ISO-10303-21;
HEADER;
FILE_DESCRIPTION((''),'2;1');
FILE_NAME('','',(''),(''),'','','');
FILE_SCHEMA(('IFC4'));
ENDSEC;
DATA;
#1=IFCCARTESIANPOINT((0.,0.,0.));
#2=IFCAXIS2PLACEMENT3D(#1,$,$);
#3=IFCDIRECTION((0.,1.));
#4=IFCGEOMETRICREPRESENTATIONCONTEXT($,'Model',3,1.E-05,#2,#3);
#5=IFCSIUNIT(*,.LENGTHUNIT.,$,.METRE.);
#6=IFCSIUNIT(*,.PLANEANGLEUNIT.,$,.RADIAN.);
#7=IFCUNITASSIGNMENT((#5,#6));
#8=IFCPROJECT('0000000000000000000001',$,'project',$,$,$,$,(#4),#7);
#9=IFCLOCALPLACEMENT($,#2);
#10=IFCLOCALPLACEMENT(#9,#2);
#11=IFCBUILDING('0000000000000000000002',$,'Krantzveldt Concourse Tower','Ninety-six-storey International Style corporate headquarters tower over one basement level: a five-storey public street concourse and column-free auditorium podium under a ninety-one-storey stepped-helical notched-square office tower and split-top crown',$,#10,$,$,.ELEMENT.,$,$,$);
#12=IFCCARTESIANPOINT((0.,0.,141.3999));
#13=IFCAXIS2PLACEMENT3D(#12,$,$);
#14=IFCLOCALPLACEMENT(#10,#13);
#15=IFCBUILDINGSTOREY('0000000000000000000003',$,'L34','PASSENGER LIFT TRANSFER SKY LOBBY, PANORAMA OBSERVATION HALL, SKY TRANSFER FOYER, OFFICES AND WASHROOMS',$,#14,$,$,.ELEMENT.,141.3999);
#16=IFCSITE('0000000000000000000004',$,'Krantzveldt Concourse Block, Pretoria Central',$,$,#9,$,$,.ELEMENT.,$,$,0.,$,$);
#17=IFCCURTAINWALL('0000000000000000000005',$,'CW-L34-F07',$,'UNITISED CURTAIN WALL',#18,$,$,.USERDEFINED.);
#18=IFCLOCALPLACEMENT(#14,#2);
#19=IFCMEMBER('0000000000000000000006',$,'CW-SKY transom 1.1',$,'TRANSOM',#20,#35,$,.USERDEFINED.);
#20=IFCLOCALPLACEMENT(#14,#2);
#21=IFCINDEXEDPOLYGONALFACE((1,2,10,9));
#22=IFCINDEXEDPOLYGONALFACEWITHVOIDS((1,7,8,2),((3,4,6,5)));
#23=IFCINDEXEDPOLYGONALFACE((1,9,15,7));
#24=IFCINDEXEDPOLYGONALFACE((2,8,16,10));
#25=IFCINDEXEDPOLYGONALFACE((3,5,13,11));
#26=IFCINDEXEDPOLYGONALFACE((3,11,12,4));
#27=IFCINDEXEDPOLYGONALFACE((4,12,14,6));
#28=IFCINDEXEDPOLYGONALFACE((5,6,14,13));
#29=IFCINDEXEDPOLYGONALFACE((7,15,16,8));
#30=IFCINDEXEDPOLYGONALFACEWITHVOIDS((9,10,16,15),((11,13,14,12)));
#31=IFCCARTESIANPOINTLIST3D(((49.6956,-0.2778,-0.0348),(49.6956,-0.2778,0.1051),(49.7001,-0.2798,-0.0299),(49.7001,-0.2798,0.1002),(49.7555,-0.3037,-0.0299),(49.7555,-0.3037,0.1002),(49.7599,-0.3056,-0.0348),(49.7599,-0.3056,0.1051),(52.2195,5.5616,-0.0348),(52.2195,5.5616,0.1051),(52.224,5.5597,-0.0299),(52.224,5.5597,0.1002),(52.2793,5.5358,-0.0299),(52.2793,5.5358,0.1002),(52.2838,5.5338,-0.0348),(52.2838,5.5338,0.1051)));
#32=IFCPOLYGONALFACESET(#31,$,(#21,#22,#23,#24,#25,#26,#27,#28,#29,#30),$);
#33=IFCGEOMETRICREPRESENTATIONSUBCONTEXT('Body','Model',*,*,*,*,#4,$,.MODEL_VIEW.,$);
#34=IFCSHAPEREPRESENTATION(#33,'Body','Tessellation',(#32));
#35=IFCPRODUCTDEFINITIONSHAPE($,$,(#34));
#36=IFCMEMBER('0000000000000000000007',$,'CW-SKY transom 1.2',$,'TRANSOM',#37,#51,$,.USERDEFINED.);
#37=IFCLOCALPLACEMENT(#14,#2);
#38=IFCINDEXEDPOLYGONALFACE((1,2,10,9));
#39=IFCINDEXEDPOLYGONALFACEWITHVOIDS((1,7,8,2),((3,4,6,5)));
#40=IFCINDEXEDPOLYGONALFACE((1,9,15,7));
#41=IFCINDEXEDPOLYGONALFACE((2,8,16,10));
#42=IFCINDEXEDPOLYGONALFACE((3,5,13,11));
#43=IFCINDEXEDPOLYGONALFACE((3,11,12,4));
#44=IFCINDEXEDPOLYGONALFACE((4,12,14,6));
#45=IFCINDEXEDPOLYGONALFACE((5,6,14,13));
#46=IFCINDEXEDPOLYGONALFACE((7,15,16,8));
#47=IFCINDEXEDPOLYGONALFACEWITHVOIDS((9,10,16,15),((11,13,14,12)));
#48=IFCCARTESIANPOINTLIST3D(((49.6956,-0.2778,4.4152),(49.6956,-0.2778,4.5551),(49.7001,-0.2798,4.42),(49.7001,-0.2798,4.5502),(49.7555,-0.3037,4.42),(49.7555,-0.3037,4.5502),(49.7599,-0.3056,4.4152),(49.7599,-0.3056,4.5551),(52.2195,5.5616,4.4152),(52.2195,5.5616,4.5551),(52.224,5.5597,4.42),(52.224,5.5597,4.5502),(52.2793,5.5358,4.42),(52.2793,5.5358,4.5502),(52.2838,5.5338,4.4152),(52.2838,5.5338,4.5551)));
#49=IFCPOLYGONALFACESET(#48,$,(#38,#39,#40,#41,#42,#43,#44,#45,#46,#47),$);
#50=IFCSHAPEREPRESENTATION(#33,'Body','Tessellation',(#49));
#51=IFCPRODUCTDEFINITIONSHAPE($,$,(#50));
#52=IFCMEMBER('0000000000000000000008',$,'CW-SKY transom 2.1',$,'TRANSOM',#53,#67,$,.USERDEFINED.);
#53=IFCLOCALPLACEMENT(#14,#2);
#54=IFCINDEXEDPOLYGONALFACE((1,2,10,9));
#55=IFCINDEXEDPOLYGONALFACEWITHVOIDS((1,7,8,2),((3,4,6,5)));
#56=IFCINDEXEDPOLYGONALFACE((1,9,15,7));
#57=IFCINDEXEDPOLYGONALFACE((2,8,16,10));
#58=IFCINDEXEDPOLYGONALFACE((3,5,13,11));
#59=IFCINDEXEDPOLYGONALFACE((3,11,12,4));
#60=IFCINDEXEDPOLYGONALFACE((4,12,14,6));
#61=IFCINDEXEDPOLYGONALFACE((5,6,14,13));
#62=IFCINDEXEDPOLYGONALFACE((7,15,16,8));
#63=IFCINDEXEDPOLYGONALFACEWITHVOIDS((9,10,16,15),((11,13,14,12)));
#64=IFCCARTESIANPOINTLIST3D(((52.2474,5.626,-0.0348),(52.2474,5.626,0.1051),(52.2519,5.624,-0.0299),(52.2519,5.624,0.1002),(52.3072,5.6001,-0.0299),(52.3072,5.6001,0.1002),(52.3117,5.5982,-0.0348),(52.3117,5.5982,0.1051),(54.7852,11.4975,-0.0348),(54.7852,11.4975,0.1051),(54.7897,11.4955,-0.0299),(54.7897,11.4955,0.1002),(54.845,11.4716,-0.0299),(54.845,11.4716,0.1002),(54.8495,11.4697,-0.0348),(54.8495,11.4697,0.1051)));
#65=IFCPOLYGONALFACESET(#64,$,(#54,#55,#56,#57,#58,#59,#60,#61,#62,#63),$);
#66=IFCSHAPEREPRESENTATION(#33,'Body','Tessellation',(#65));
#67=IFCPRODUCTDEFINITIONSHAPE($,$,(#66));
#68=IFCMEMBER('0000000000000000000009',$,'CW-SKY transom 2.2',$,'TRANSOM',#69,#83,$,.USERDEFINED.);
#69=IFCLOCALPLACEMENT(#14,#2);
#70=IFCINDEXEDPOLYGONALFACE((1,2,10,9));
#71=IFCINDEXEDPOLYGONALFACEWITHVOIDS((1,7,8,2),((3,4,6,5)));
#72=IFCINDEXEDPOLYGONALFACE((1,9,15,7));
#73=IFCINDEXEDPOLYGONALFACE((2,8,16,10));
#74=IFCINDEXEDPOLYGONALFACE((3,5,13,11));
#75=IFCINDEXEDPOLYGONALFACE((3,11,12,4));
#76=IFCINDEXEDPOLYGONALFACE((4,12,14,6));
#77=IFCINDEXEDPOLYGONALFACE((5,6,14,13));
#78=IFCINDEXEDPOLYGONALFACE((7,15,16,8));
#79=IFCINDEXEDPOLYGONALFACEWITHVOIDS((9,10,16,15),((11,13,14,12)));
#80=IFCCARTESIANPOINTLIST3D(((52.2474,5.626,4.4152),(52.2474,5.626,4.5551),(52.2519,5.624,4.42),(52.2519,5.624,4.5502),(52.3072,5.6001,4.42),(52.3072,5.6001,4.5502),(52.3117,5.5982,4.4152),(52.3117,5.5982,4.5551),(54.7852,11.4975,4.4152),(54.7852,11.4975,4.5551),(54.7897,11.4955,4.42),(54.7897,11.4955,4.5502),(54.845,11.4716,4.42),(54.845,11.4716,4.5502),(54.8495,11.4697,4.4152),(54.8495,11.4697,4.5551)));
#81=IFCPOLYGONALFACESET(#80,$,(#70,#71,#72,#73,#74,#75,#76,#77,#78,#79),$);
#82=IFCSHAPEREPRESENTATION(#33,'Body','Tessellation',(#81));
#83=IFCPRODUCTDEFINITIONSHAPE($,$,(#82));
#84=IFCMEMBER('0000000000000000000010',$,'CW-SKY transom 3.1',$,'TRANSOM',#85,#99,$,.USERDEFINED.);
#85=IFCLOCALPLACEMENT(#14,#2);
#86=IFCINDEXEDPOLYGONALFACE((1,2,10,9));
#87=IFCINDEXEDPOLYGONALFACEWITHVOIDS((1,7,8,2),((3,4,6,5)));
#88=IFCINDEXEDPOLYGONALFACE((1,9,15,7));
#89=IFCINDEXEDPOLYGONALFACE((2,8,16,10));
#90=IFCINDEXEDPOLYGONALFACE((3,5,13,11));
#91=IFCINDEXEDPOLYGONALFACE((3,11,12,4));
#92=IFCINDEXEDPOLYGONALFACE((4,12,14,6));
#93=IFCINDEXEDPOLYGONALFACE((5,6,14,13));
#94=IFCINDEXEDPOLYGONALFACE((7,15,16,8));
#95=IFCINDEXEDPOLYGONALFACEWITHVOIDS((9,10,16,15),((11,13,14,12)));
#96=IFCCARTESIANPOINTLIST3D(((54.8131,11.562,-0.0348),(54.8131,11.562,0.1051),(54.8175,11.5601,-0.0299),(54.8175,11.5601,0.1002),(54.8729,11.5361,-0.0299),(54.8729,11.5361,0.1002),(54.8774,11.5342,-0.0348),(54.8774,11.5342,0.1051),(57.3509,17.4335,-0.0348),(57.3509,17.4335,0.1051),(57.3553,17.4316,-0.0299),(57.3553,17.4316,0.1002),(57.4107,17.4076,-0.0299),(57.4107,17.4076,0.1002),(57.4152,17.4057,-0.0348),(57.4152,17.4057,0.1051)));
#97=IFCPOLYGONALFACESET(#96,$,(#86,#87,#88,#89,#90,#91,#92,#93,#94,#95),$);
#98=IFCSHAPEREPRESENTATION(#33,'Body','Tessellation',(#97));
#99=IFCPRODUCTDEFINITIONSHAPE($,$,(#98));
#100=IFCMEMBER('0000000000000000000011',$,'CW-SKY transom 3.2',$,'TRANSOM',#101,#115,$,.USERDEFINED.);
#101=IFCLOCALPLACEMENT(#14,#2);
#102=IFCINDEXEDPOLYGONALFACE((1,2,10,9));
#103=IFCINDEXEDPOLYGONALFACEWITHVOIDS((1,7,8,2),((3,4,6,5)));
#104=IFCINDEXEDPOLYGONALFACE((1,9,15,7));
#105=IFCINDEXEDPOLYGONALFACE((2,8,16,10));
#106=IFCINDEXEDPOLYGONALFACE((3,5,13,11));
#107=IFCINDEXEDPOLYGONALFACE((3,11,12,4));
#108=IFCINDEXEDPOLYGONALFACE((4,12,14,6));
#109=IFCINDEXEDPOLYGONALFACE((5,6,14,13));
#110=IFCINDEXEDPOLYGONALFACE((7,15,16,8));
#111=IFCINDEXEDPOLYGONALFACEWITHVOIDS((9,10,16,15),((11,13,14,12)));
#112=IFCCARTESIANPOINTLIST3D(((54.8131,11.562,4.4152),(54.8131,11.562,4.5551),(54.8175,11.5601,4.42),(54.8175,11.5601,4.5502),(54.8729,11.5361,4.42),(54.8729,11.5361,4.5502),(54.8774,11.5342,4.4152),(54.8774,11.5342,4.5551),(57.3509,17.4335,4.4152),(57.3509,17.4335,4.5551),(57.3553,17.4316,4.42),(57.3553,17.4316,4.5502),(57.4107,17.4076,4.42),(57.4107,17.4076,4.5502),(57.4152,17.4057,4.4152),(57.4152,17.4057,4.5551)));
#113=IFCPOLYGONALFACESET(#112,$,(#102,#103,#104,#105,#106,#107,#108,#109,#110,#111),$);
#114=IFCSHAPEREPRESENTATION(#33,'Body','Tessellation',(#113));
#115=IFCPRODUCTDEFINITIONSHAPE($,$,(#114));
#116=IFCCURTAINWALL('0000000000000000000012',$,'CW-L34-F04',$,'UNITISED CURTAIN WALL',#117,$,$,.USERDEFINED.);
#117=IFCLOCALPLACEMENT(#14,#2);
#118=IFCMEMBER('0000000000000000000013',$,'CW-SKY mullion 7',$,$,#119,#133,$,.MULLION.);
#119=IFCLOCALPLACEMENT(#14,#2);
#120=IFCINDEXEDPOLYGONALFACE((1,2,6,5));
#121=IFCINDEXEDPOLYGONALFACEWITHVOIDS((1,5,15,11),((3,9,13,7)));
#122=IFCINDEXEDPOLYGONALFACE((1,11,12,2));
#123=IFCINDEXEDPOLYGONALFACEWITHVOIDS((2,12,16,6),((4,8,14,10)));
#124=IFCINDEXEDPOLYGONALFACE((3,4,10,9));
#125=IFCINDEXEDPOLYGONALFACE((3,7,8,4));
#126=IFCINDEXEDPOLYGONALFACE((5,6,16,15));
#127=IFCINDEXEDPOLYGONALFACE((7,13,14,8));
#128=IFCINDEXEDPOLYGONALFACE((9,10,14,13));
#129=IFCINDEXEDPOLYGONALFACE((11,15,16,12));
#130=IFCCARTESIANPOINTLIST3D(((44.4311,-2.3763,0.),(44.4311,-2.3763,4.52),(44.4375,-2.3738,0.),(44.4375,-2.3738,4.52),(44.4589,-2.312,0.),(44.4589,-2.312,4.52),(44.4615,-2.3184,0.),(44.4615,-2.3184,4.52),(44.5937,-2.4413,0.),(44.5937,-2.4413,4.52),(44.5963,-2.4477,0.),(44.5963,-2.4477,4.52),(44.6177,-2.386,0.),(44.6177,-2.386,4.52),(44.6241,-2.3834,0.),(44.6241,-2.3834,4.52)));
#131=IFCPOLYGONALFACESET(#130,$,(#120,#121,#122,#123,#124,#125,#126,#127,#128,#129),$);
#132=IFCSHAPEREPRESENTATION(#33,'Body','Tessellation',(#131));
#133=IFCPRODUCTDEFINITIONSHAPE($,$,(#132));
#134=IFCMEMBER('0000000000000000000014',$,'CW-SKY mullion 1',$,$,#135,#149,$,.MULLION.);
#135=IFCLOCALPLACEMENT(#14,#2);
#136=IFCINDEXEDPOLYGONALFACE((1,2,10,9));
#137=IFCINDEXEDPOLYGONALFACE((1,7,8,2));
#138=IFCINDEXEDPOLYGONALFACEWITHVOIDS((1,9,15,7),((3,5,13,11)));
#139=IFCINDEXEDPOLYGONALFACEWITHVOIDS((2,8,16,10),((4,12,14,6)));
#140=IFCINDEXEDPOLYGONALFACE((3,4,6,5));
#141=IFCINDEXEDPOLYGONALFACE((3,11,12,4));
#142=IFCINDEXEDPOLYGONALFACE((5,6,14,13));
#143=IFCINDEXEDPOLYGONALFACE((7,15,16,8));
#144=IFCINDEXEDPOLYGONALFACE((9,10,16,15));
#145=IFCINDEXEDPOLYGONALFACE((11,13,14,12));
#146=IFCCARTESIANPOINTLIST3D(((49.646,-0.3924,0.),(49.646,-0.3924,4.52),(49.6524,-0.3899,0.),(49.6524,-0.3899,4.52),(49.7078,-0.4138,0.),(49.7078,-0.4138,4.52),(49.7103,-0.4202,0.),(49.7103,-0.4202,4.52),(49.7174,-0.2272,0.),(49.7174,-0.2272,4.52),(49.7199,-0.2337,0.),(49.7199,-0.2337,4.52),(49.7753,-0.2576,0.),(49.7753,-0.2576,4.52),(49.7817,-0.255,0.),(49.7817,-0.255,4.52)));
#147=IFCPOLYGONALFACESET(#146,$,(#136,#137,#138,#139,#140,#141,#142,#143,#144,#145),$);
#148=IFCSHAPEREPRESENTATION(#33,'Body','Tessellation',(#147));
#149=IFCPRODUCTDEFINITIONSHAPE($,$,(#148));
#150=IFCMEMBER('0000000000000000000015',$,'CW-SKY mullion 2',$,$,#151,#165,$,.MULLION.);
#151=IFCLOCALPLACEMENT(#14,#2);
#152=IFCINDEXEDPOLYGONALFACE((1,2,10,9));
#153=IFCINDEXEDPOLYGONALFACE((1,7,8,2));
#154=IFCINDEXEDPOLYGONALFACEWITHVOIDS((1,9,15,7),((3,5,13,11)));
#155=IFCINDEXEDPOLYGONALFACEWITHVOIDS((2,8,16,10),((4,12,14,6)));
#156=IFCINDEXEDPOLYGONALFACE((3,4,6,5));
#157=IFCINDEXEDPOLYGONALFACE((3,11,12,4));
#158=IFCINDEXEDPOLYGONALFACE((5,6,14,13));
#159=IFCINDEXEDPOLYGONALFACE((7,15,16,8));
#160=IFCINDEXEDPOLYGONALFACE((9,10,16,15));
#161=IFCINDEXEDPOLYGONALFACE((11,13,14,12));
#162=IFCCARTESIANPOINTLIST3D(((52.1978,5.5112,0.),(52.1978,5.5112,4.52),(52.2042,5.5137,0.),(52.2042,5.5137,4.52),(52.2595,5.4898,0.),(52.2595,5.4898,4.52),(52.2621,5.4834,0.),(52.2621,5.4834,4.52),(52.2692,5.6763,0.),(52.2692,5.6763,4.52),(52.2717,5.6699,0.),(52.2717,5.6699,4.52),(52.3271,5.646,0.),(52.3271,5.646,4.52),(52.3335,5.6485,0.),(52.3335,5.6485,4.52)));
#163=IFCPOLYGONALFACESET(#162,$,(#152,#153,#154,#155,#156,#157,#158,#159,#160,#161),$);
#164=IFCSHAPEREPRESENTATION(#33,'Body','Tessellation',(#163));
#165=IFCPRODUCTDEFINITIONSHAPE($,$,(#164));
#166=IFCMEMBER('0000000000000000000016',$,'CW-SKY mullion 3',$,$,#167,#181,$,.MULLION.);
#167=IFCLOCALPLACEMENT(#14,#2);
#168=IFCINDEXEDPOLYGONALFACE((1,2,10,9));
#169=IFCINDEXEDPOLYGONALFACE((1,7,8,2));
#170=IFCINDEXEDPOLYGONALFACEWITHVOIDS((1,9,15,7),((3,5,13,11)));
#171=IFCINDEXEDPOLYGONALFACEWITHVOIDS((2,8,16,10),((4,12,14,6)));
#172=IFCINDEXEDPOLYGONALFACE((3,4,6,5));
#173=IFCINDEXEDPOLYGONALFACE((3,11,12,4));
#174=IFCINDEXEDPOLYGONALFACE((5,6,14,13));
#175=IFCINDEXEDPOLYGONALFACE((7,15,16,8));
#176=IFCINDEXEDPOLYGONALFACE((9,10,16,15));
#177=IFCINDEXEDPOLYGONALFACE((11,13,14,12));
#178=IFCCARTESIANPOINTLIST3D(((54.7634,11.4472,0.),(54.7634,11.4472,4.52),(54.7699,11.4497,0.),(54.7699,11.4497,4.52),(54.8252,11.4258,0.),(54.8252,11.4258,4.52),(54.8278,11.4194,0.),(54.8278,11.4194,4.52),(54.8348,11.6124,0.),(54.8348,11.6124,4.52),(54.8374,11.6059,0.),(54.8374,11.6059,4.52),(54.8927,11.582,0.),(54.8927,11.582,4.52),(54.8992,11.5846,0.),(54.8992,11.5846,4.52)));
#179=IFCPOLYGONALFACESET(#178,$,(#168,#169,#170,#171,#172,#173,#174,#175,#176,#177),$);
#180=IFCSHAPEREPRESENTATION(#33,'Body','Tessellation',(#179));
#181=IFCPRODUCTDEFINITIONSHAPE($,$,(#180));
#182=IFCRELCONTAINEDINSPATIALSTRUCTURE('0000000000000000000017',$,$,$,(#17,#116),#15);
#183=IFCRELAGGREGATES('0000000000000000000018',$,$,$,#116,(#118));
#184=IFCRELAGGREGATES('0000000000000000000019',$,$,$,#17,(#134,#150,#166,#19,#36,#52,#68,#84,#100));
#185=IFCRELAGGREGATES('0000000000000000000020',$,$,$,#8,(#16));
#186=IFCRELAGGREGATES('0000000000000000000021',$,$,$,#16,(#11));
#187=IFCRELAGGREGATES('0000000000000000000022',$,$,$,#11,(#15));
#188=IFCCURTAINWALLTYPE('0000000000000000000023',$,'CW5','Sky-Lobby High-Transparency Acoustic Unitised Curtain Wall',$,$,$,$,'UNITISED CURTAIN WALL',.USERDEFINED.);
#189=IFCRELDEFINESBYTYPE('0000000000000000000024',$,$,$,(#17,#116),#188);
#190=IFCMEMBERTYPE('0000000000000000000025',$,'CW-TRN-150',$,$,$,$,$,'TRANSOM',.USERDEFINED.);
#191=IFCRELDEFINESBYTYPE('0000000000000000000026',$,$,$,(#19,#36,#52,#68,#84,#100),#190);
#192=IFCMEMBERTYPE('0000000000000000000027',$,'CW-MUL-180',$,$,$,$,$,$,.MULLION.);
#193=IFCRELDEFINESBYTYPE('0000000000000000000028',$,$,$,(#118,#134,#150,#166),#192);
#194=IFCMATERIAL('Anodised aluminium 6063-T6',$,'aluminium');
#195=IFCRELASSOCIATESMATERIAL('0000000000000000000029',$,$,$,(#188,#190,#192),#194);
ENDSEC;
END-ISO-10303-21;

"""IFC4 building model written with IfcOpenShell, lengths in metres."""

from ifc_helpers import new_model, si_unit, direction, frame, origin, origin_2d, place, context, subcontext, project, spatial, hollow_rectangle, extrude, source, transform, mapped, material, material_profile, profile_set, type_object, type_shapes, element, aggregate, save


model = new_model("IFC4")

# Units and contexts
model_context = context("Model", 3, precision=1e-05, world=origin(), true_north=direction((0.0, 1.0)))
body_context = subcontext(model_context, "Body", "Model", "MODEL_VIEW")
ifc_project = project(units=[si_unit("LENGTHUNIT", "METRE"), si_unit("PLANEANGLEUNIT", "RADIAN")], contexts=[model_context])

# Site, building, storey
site_placement = place(None, origin())
site = spatial("IfcSite", under=ifc_project, at=site_placement, Name="Krantzveldt Concourse Block, Pretoria Central", CompositionType="ELEMENT", RefElevation=0.0)
building_placement = place(site_placement, origin())
building = spatial("IfcBuilding", under=site, at=building_placement, Name="Krantzveldt Concourse Tower", Description="Ninety-six-storey International Style corporate headquarters tower over one basement level: a five-storey public street concourse and column-free auditorium podium under a ninety-one-storey stepped-helical notched-square office tower and split-top crown", CompositionType="ELEMENT")
storey_placement = place(building_placement, frame((0.0, 0.0, 141.3999)))
storey = spatial("IfcBuildingStorey", under=building, at=storey_placement, Name="L34", Description="PASSENGER LIFT TRANSFER SKY LOBBY, PANORAMA OBSERVATION HALL, SKY TRANSFER FOYER, OFFICES AND WASHROOMS", CompositionType="ELEMENT", Elevation=141.3999)

# Curtain wall, members
ifc_material_1 = material(Name="Anodised aluminium 6063-T6", Category="aluminium")
curtain_wall_type = type_object("IfcCurtainWallType", Name="CW5", Description="Sky-Lobby High-Transparency Acoustic Unitised Curtain Wall", ElementType="UNITISED CURTAIN WALL", PredefinedType="USERDEFINED", material=ifc_material_1)
curtain_wall_1_placement = place(storey_placement, origin())
curtain_wall_1 = element("IfcCurtainWall", 1, at=curtain_wall_1_placement, inside=storey, type_object=curtain_wall_type, Name="CW-L34-F07", ObjectType="UNITISED CURTAIN WALL", PredefinedType="USERDEFINED")
ifc_material_profile_1 = material_profile(ifc_material_1, hollow_rectangle(XDim=0.0701, YDim=0.1399, WallThickness=0.0049, at=origin_2d()), Name="Anodised aluminium 6063-T6", Category="aluminium")
ifc_profile_set_1 = profile_set([ifc_material_profile_1], Name="Anodised aluminium 6063-T6 - ALU-TRAN 140x70x5")
member_type_1 = type_object("IfcMemberType", Name="CW-TRN-150", ElementType="TRANSOM", PredefinedType="USERDEFINED", material=ifc_profile_set_1)
shared_shape_1 = source(origin(), body_context, "Body", "SweptSolid", [
    extrude(hollow_rectangle(XDim=0.0701, YDim=0.1399, WallThickness=0.0049, at=origin_2d()), origin(), (0.0, 0.0, 1.0), 6.3616),
])
member_1_placement = place(storey_placement, frame((49.7278, -0.2917, 0.0352), z_axis=(0.396738, 0.917932, 0.0), x_axis=(-0.917932, 0.396738, 0.0)))
member_1 = element("IfcMember", 2, at=member_1_placement, type_object=member_type_1, Name="CW-SKY transom 1.1", ObjectType="TRANSOM", PredefinedType="USERDEFINED", context=body_context, shape_type="MappedRepresentation", body=[
    mapped(shared_shape_1, transform((0.0, 0.0, 0.0), x_axis=(1.0, 0.0, 0.0), y_axis=(0.0, 1.0, 0.0), z_axis=(0.0, 0.0, 1.0), scale=1.0)),
])
member_2_placement = place(storey_placement, frame((49.7278, -0.2917, 4.4851), z_axis=(0.396738, 0.917932, 0.0), x_axis=(-0.917932, 0.396738, 0.0)))
member_2 = element("IfcMember", 3, at=member_2_placement, type_object=member_type_1, Name="CW-SKY transom 1.2", ObjectType="TRANSOM", PredefinedType="USERDEFINED", context=body_context, shape_type="MappedRepresentation", body=[
    mapped(shared_shape_1, transform((0.0, 0.0, 0.0), x_axis=(1.0, 0.0, 0.0), y_axis=(0.0, 1.0, 0.0), z_axis=(0.0, 0.0, 1.0), scale=1.0)),
])
shared_shape_2 = source(origin(), body_context, "Body", "SweptSolid", [
    extrude(hollow_rectangle(XDim=0.0701, YDim=0.1399, WallThickness=0.0049, at=origin_2d()), origin(), (0.0, 0.0, 1.0), 6.3965),
])
type_shapes(member_type_1, [shared_shape_1, shared_shape_2])
member_3_placement = place(storey_placement, frame((52.2795, 5.6121, 0.0352), z_axis=(0.39675, 0.917927, 0.0), x_axis=(-0.917927, 0.39675, 0.0)))
member_3 = element("IfcMember", 4, at=member_3_placement, type_object=member_type_1, Name="CW-SKY transom 2.1", ObjectType="TRANSOM", PredefinedType="USERDEFINED", context=body_context, shape_type="MappedRepresentation", body=[
    mapped(shared_shape_2, transform((0.0, 0.0, 0.0), x_axis=(1.0, 0.0, 0.0), y_axis=(0.0, 1.0, 0.0), z_axis=(0.0, 0.0, 1.0), scale=1.0)),
])
member_4_placement = place(storey_placement, frame((52.2795, 5.6121, 4.4851), z_axis=(0.39675, 0.917927, 0.0), x_axis=(-0.917927, 0.39675, 0.0)))
member_4 = element("IfcMember", 5, at=member_4_placement, type_object=member_type_1, Name="CW-SKY transom 2.2", ObjectType="TRANSOM", PredefinedType="USERDEFINED", context=body_context, shape_type="MappedRepresentation", body=[
    mapped(shared_shape_2, transform((0.0, 0.0, 0.0), x_axis=(1.0, 0.0, 0.0), y_axis=(0.0, 1.0, 0.0), z_axis=(0.0, 0.0, 1.0), scale=1.0)),
])
member_5_placement = place(storey_placement, frame((54.8452, 11.5481, 0.0352), z_axis=(0.39675, 0.917927, 0.0), x_axis=(-0.917927, 0.39675, 0.0)))
member_5 = element("IfcMember", 6, at=member_5_placement, type_object=member_type_1, Name="CW-SKY transom 3.1", ObjectType="TRANSOM", PredefinedType="USERDEFINED", context=body_context, shape_type="MappedRepresentation", body=[
    mapped(shared_shape_2, transform((0.0, 0.0, 0.0), x_axis=(1.0, 0.0, 0.0), y_axis=(0.0, 1.0, 0.0), z_axis=(0.0, 0.0, 1.0), scale=1.0)),
])
member_6_placement = place(storey_placement, frame((54.8452, 11.5481, 4.4851), z_axis=(0.39675, 0.917927, 0.0), x_axis=(-0.917927, 0.39675, 0.0)))
member_6 = element("IfcMember", 7, at=member_6_placement, type_object=member_type_1, Name="CW-SKY transom 3.2", ObjectType="TRANSOM", PredefinedType="USERDEFINED", context=body_context, shape_type="MappedRepresentation", body=[
    mapped(shared_shape_2, transform((0.0, 0.0, 0.0), x_axis=(1.0, 0.0, 0.0), y_axis=(0.0, 1.0, 0.0), z_axis=(0.0, 0.0, 1.0), scale=1.0)),
])

# Curtain wall, member
curtain_wall_2_placement = place(storey_placement, origin())
curtain_wall_2 = element("IfcCurtainWall", 8, at=curtain_wall_2_placement, inside=storey, type_object=curtain_wall_type, Name="CW-L34-F04", ObjectType="UNITISED CURTAIN WALL", PredefinedType="USERDEFINED")
ifc_material_profile_2 = material_profile(ifc_material_1, hollow_rectangle(XDim=0.0701, YDim=0.1799, WallThickness=0.0049, at=origin_2d()), Name="Anodised aluminium 6063-T6", Category="aluminium")
ifc_profile_set_2 = profile_set([ifc_material_profile_2], Name="Anodised aluminium 6063-T6 - ALU-MULL 180x70x5")
member_type_2 = type_object("IfcMemberType", Name="CW-MUL-180", PredefinedType="MULLION", material=ifc_profile_set_2)
shared_shape_3 = source(origin(), body_context, "Body", "SweptSolid", [
    extrude(hollow_rectangle(XDim=0.0701, YDim=0.1799, WallThickness=0.0049, at=origin_2d()), origin(), (0.0, 0.0, 1.0), 4.52),
])
type_shapes(member_type_2, [shared_shape_3])
member_7_placement = place(storey_placement, frame((44.5276, -2.3799, 0.0), z_axis=(0.0, 0.0, 1.0), x_axis=(0.396747, 0.917928, 0.0)))
member_7 = element("IfcMember", 9, at=member_7_placement, type_object=member_type_2, Name="CW-SKY mullion 7", PredefinedType="MULLION", context=body_context, shape_type="MappedRepresentation", body=[
    mapped(shared_shape_3, transform((0.0, 0.0, 0.0), x_axis=(1.0, 0.0, 0.0), y_axis=(0.0, 1.0, 0.0), z_axis=(0.0, 0.0, 1.0), scale=1.0)),
])
aggregate(curtain_wall_2, [member_7])

# Members
member_8_placement = place(storey_placement, frame((49.7139, -0.3237, 0.0), z_axis=(0.0, 0.0, 1.0), x_axis=(-0.917928, 0.396747, 0.0)))
member_8 = element("IfcMember", 10, at=member_8_placement, type_object=member_type_2, Name="CW-SKY mullion 1", PredefinedType="MULLION", context=body_context, shape_type="MappedRepresentation", body=[
    mapped(shared_shape_3, transform((0.0, 0.0, 0.0), x_axis=(1.0, 0.0, 0.0), y_axis=(0.0, 1.0, 0.0), z_axis=(0.0, 0.0, 1.0), scale=1.0)),
])
member_9_placement = place(storey_placement, frame((52.2656, 5.5798, 0.0), z_axis=(0.0, 0.0, 1.0), x_axis=(-0.917928, 0.396747, 0.0)))
member_9 = element("IfcMember", 11, at=member_9_placement, type_object=member_type_2, Name="CW-SKY mullion 2", PredefinedType="MULLION", context=body_context, shape_type="MappedRepresentation", body=[
    mapped(shared_shape_3, transform((0.0, 0.0, 0.0), x_axis=(1.0, 0.0, 0.0), y_axis=(0.0, 1.0, 0.0), z_axis=(0.0, 0.0, 1.0), scale=1.0)),
])
member_10_placement = place(storey_placement, frame((54.8313, 11.5159, 0.0), z_axis=(0.0, 0.0, 1.0), x_axis=(-0.917928, 0.396747, 0.0)))
member_10 = element("IfcMember", 12, at=member_10_placement, type_object=member_type_2, Name="CW-SKY mullion 3", PredefinedType="MULLION", context=body_context, shape_type="MappedRepresentation", body=[
    mapped(shared_shape_3, transform((0.0, 0.0, 0.0), x_axis=(1.0, 0.0, 0.0), y_axis=(0.0, 1.0, 0.0), z_axis=(0.0, 0.0, 1.0), scale=1.0)),
])

aggregate(curtain_wall_1, [member_8, member_9, member_10, member_1, member_2, member_3, member_4, member_5, member_6])

save(model, "model.ifc")
